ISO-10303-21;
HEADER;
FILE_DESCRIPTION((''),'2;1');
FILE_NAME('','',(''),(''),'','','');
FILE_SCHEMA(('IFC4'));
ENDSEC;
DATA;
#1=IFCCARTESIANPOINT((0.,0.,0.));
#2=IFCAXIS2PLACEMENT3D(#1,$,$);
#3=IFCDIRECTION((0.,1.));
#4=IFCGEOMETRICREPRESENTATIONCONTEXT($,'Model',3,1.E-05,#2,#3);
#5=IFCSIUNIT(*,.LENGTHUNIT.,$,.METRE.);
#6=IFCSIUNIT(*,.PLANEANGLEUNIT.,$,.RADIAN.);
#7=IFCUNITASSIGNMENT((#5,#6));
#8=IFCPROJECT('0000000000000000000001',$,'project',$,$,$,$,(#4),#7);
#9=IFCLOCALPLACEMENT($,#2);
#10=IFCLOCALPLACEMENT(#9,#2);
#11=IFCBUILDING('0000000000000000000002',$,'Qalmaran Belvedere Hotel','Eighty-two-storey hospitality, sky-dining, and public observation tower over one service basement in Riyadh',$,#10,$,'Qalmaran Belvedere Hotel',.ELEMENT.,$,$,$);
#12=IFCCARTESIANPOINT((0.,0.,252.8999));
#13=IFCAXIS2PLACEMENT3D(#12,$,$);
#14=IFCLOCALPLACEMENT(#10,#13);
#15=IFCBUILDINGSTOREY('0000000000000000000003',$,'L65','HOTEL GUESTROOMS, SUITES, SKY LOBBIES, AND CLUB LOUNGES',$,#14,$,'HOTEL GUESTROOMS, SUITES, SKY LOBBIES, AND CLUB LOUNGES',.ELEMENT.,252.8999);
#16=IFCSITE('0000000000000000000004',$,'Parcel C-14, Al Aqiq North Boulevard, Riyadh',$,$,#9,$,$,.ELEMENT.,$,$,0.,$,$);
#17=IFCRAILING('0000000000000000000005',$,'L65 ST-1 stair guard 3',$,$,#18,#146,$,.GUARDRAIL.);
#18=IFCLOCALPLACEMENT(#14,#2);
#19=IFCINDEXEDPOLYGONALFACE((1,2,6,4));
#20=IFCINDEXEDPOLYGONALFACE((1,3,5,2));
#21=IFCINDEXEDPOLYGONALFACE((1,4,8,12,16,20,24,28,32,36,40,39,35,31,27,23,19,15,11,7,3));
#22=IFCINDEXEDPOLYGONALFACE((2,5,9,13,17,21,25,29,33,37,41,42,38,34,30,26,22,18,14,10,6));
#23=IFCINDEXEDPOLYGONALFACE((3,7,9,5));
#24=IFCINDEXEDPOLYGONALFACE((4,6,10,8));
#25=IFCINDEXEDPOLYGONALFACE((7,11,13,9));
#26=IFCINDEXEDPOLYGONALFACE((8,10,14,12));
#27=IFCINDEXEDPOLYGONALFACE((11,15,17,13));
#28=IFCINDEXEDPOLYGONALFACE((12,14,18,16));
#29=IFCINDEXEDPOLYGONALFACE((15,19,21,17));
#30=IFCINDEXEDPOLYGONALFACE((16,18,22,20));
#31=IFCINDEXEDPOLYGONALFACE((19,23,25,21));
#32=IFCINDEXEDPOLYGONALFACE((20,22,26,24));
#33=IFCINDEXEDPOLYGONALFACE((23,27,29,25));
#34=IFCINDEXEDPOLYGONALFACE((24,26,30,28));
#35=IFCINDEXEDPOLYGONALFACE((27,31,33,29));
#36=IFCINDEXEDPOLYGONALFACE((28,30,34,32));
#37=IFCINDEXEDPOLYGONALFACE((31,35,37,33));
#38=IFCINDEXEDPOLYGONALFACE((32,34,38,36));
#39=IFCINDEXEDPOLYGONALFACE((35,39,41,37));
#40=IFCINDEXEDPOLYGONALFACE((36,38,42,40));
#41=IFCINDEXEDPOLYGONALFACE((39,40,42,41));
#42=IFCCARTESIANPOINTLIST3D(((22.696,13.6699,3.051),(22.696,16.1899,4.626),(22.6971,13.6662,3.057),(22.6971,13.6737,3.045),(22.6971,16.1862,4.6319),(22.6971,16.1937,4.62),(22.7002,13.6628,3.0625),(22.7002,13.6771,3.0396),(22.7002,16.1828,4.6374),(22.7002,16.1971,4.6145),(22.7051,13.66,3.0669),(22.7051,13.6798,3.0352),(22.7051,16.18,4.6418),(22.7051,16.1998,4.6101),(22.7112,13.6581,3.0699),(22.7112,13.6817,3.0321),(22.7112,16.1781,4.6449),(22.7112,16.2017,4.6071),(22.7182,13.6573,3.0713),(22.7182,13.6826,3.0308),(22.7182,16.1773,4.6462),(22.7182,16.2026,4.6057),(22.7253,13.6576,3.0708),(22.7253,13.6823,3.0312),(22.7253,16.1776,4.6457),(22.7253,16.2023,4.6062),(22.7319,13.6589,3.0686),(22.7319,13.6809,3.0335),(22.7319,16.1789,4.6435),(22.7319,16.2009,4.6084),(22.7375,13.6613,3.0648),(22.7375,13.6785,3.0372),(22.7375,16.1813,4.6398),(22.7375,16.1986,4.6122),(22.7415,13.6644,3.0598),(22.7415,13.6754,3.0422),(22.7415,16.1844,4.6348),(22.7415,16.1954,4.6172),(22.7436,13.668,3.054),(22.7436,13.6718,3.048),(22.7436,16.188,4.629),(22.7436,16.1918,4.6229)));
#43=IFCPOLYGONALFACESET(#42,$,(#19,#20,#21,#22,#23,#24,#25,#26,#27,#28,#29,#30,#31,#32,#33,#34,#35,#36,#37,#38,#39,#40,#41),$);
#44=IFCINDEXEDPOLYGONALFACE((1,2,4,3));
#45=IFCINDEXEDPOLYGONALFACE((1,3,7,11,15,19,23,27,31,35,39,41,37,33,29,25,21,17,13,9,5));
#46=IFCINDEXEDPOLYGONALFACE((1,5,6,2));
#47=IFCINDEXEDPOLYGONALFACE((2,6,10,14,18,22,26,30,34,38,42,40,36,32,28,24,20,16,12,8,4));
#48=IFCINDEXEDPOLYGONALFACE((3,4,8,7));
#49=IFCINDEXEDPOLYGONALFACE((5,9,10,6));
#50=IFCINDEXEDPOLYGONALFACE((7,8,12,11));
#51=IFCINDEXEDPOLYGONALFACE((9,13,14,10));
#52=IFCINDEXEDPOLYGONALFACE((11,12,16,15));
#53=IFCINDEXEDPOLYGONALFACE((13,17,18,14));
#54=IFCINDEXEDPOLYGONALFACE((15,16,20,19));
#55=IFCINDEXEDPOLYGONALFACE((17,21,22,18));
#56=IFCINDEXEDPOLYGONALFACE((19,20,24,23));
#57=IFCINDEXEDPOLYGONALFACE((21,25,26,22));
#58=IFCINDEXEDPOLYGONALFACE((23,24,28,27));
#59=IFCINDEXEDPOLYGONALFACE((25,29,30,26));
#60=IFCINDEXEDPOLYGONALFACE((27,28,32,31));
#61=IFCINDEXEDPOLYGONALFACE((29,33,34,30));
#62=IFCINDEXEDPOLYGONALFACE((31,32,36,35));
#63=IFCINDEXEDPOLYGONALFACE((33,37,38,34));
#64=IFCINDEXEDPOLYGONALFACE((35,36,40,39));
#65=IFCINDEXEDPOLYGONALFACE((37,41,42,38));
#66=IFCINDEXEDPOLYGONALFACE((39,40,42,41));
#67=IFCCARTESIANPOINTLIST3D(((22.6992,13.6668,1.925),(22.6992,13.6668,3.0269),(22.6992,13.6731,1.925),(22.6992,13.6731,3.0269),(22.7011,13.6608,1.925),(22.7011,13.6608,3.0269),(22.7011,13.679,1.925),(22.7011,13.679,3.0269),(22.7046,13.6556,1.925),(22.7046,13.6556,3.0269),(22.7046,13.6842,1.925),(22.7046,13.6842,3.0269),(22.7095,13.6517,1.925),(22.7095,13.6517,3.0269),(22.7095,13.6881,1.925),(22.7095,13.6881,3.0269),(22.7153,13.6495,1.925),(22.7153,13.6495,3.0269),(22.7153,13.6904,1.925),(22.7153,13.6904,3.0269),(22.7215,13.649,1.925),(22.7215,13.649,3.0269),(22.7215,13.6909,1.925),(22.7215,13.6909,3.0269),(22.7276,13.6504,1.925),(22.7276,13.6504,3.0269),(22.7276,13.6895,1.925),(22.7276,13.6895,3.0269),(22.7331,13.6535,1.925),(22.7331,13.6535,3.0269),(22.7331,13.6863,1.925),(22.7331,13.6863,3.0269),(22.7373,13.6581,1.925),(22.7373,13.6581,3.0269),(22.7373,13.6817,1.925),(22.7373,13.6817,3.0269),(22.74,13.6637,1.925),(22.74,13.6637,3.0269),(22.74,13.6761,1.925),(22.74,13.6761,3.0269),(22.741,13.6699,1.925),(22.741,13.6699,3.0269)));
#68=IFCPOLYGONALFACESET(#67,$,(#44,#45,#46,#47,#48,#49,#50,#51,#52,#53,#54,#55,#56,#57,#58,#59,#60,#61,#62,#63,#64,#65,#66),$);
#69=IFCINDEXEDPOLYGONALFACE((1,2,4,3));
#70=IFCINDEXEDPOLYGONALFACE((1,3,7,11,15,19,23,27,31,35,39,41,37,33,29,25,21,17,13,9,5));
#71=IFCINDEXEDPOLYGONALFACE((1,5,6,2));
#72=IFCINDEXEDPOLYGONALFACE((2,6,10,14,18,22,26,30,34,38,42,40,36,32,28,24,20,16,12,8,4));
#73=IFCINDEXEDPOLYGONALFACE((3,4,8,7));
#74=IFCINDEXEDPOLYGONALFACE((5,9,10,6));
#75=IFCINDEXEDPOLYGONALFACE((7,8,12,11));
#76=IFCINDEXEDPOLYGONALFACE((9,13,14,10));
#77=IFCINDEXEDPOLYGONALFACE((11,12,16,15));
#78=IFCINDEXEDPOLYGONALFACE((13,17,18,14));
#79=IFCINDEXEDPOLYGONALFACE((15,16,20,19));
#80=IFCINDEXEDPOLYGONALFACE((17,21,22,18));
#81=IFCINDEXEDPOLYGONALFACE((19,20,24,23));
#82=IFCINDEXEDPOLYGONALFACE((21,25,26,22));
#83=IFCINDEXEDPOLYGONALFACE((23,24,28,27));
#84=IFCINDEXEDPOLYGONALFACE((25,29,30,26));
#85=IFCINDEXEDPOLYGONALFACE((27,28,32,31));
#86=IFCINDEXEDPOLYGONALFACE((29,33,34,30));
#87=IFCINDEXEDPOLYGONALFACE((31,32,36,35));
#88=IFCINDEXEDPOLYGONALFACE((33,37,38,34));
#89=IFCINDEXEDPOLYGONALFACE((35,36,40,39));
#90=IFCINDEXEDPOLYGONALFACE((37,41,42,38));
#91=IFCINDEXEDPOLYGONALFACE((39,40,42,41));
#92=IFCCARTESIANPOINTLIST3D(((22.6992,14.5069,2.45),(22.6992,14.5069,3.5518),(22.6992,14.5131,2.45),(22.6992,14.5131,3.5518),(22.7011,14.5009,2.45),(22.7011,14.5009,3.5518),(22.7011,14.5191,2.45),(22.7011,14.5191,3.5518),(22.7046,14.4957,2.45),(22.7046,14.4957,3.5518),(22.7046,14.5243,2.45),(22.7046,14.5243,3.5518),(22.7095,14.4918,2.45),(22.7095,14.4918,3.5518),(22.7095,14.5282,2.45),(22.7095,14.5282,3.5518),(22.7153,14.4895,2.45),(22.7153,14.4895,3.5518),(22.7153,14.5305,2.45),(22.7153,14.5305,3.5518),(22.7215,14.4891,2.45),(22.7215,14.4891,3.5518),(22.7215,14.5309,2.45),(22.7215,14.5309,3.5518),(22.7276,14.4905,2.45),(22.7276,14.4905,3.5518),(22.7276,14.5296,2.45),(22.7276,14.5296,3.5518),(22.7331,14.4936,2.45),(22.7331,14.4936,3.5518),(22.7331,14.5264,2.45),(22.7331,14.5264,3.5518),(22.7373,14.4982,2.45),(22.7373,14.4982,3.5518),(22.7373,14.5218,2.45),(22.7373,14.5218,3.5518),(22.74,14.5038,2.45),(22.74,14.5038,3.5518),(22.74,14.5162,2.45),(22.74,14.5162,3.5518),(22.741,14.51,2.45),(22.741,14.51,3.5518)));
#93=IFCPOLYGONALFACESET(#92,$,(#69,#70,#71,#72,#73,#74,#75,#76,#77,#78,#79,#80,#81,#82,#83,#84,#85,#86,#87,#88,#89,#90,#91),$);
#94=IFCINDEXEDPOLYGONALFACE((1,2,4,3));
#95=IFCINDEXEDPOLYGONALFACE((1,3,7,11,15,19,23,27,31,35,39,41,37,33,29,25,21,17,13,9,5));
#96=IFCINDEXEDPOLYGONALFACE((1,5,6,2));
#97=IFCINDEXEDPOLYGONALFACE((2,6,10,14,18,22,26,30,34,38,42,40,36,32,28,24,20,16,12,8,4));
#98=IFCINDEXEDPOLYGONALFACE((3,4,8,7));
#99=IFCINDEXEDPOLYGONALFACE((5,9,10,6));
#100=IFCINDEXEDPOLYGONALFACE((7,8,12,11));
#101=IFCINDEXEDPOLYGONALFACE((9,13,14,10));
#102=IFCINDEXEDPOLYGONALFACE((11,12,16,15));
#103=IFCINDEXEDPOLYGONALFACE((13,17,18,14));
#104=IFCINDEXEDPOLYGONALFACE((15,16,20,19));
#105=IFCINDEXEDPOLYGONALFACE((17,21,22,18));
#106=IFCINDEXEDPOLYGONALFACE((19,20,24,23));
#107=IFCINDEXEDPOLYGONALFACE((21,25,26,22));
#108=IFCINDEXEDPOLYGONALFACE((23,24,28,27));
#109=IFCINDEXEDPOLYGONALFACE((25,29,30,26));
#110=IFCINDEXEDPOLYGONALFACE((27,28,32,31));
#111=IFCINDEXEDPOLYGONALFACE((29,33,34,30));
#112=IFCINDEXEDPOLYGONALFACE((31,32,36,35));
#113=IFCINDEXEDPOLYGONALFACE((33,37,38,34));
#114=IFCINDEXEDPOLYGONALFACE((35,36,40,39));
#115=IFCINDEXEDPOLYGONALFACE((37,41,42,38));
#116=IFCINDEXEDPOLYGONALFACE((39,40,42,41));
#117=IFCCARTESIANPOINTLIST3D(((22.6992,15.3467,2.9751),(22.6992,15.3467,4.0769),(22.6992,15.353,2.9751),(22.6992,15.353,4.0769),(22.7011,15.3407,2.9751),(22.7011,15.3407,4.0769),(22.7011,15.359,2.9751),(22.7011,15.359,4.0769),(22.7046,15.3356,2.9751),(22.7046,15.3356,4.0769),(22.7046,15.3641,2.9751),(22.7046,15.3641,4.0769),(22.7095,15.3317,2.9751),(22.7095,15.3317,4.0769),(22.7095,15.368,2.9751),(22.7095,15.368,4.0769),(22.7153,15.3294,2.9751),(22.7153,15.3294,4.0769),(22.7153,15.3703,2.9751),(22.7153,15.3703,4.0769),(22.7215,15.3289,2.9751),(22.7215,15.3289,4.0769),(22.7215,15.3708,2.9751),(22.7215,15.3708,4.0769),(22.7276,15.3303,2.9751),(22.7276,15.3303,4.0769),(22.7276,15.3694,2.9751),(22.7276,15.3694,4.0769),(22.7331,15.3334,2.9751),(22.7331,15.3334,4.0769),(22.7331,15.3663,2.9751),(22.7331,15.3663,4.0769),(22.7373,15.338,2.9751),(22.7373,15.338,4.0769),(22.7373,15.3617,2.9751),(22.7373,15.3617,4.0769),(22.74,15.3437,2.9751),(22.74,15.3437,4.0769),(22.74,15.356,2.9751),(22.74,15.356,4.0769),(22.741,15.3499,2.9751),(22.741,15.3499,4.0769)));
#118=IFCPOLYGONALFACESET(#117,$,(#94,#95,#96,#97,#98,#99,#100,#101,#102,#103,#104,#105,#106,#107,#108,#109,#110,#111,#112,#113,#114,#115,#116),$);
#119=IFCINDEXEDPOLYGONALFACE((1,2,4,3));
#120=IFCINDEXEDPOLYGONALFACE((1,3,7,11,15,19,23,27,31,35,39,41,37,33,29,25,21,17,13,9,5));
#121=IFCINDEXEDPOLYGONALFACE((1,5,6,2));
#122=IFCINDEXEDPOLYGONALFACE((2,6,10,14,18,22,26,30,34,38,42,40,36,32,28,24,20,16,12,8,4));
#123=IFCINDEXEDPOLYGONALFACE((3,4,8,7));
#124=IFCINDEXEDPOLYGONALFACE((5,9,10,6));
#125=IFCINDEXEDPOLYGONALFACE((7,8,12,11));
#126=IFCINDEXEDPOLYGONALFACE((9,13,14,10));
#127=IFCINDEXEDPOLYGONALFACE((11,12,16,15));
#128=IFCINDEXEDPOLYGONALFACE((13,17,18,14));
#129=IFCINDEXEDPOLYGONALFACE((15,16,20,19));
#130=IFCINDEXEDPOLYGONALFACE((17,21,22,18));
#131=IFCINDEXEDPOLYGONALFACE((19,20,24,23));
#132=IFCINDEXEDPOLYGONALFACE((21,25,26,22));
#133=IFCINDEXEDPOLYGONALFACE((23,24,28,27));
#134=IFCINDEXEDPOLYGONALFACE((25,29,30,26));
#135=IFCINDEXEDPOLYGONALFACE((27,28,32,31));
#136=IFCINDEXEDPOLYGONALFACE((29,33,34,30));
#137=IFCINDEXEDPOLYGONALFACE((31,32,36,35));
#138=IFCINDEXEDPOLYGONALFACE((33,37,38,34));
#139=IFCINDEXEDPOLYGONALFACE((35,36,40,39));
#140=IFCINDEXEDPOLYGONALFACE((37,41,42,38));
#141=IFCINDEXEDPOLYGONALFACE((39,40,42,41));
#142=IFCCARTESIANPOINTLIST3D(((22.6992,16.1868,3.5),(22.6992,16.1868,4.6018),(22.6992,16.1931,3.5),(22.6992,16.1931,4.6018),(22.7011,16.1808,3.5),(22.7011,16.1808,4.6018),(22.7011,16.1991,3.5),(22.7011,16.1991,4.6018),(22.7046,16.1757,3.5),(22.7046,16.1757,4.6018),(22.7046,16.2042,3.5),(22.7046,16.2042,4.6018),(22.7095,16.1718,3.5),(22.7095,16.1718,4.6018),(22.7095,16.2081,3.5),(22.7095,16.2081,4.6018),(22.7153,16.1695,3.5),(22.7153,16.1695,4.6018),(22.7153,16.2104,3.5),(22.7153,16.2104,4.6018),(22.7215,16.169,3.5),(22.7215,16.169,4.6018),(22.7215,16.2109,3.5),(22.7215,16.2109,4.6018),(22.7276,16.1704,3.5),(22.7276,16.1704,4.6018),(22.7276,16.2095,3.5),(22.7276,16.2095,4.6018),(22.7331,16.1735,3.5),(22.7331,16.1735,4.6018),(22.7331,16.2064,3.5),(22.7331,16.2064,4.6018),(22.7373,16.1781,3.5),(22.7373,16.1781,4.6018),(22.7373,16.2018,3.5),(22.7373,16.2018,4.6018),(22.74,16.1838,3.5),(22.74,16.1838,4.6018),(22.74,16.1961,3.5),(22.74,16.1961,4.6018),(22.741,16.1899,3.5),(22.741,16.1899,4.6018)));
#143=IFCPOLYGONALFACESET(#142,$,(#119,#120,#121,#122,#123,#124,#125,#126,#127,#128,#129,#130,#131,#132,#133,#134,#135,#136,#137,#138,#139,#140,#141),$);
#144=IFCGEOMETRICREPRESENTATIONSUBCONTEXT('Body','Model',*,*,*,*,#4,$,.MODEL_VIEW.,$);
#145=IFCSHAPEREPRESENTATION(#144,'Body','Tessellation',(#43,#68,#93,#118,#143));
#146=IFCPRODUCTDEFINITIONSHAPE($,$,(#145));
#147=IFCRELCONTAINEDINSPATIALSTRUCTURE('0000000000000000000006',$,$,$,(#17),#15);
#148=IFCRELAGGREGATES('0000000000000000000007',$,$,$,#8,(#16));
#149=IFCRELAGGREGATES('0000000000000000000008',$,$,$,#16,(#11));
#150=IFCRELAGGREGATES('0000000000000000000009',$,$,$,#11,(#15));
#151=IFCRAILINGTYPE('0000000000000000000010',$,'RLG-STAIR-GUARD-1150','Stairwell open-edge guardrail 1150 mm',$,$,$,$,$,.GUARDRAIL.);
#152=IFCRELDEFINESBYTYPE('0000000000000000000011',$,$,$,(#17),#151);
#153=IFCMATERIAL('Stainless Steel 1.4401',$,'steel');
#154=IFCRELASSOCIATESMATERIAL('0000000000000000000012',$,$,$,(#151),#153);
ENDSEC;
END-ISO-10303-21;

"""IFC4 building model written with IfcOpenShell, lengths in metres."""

from ifc_helpers import new_model, si_unit, direction, frame, origin, origin_2d, place, context, subcontext, project, spatial, circle, extrude, material, type_object, element, save


model = new_model("IFC4")

# Units and contexts
model_context = context("Model", 3, precision=1e-05, world=origin(), true_north=direction((0.0, 1.0)))
body_context = subcontext(model_context, "Body", "Model", "MODEL_VIEW")
ifc_project = project(units=[si_unit("LENGTHUNIT", "METRE"), si_unit("PLANEANGLEUNIT", "RADIAN")], contexts=[model_context])

# Site, building, storey
site_placement = place(None, origin())
site = spatial("IfcSite", under=ifc_project, at=site_placement, Name="Parcel C-14, Al Aqiq North Boulevard, Riyadh", CompositionType="ELEMENT", RefElevation=0.0)
building_placement = place(site_placement, origin())
building = spatial("IfcBuilding", under=site, at=building_placement, Name="Qalmaran Belvedere Hotel", Description="Eighty-two-storey hospitality, sky-dining, and public observation tower over one service basement in Riyadh", LongName="Qalmaran Belvedere Hotel", CompositionType="ELEMENT")
storey_placement = place(building_placement, frame((0.0, 0.0, 252.8999)))
storey = spatial("IfcBuildingStorey", under=building, at=storey_placement, Name="L65", Description="HOTEL GUESTROOMS, SUITES, SKY LOBBIES, AND CLUB LOUNGES", LongName="HOTEL GUESTROOMS, SUITES, SKY LOBBIES, AND CLUB LOUNGES", CompositionType="ELEMENT", Elevation=252.8999)

# Shared definitions
ifc_material_1 = material(Name="Stainless Steel 1.4401", Category="steel")

# Railing
railing_type_1 = type_object("IfcRailingType", Name="RLG-STAIR-GUARD-1150", Description="Stairwell open-edge guardrail 1150 mm", PredefinedType="GUARDRAIL", material=ifc_material_1)
railing_1_placement = place(storey_placement, frame((22.72, 13.6699, 1.925)))
element("IfcRailing", 1, at=railing_1_placement, inside=storey, type_object=railing_type_1, Name="L65 ST-1 stair guard 3", PredefinedType="GUARDRAIL", context=body_context, shape_type="SweptSolid", body=[
    extrude(circle(Radius=0.0239, at=origin_2d()), frame((0.0, 0.0, 1.126), z_axis=(0.0, 0.848008, 0.529984), x_axis=(-1.0, 0.0, 0.0)), (0.0, 0.0, 1.0), 2.9717),
    extrude(circle(Radius=0.021, at=origin_2d()), origin(), (0.0, 0.0, 1.0), 1.1018),
    extrude(circle(Radius=0.021, at=origin_2d()), frame((0.0, 0.8401, 0.5249)), (0.0, 0.0, 1.0), 1.1018),
    extrude(circle(Radius=0.021, at=origin_2d()), frame((0.0, 1.6799, 1.05)), (0.0, 0.0, 1.0), 1.1018),
    extrude(circle(Radius=0.021, at=origin_2d()), frame((0.0, 2.52, 1.575)), (0.0, 0.0, 1.0), 1.1018),
])

save(model, "model.ifc")
